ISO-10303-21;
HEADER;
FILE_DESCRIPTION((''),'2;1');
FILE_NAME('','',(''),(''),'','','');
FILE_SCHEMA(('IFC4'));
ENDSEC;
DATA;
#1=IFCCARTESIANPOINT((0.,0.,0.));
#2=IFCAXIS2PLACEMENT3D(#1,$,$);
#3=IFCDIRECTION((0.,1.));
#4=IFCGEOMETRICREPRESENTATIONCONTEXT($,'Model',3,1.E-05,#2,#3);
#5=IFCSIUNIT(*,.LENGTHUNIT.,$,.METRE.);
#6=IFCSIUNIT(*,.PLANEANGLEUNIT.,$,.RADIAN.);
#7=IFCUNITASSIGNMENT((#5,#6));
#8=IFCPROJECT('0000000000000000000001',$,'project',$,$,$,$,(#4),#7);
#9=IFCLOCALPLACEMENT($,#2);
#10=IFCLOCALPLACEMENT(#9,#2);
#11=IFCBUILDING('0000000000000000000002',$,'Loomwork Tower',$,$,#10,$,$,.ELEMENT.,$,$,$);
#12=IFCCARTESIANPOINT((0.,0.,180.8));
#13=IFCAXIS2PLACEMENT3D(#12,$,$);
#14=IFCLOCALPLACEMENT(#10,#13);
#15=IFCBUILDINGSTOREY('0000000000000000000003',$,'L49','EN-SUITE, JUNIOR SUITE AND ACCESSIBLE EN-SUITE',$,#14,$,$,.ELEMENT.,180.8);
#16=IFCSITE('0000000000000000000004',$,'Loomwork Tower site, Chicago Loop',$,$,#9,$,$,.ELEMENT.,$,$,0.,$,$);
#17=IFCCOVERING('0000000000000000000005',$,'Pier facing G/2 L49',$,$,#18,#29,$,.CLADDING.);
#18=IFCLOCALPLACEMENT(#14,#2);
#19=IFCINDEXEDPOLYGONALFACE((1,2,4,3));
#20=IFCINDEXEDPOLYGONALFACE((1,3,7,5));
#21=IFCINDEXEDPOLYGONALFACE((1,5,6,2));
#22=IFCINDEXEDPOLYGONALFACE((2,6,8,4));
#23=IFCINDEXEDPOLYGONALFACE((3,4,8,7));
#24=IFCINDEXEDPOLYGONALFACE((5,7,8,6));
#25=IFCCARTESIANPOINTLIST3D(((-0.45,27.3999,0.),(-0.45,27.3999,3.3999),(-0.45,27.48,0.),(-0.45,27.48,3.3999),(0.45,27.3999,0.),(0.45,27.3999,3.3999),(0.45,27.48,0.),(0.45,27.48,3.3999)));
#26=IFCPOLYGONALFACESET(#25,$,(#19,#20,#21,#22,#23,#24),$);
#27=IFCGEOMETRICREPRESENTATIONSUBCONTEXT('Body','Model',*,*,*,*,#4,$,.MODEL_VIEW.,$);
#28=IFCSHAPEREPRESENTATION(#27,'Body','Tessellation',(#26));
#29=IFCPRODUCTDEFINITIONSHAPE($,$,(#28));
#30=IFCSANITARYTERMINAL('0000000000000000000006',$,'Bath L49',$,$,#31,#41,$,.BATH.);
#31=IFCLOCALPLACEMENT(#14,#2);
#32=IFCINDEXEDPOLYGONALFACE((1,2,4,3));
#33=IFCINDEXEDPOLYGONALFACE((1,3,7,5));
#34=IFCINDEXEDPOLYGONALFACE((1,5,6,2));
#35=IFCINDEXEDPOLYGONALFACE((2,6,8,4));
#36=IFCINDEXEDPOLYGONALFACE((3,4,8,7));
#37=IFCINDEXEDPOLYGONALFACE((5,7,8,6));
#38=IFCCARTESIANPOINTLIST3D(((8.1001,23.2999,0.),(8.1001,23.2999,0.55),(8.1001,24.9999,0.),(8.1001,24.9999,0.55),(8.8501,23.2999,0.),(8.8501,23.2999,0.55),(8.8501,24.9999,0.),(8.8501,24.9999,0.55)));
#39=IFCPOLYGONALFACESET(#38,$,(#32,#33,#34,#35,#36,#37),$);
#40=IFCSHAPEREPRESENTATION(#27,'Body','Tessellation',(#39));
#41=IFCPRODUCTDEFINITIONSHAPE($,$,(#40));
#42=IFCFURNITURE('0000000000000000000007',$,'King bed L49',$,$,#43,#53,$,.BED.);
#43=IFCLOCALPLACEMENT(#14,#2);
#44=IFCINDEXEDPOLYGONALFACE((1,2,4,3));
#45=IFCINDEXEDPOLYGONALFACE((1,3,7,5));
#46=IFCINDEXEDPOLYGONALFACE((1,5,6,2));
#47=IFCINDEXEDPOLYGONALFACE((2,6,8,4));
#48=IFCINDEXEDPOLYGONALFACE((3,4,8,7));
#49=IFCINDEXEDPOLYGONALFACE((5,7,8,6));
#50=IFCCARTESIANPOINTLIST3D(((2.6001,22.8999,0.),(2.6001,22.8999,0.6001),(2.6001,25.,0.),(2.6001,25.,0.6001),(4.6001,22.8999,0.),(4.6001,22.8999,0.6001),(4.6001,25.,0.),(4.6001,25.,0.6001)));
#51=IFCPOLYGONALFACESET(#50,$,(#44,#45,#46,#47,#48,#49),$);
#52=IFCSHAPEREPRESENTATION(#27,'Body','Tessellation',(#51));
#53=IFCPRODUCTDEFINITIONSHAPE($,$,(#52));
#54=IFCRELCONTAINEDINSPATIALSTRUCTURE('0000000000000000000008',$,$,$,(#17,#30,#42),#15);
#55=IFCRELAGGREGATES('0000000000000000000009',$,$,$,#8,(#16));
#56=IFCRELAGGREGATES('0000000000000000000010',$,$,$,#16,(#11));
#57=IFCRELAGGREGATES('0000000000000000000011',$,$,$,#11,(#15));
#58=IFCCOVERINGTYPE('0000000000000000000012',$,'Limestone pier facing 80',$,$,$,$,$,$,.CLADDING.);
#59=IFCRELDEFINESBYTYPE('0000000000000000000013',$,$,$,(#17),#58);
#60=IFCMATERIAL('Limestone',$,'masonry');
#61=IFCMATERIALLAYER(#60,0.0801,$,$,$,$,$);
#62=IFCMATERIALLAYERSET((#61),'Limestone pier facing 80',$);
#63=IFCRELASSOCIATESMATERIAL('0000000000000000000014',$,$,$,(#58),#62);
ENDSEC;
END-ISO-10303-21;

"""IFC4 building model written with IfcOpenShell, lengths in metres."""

from ifc_helpers import new_model, si_unit, direction, frame, origin, origin_2d, place, context, subcontext, project, spatial, rectangle, extrude, material, layer, layer_set, type_object, element, save


model = new_model("IFC4")

# Units and contexts
model_context = context("Model", 3, precision=1e-05, world=origin(), true_north=direction((0.0, 1.0)))
body_context = subcontext(model_context, "Body", "Model", "MODEL_VIEW")
ifc_project = project(units=[si_unit("LENGTHUNIT", "METRE"), si_unit("PLANEANGLEUNIT", "RADIAN")], contexts=[model_context])

# Site, building, storey
site_placement = place(None, origin())
site = spatial("IfcSite", under=ifc_project, at=site_placement, Name="Loomwork Tower site, Chicago Loop", CompositionType="ELEMENT", RefElevation=0.0)
building_placement = place(site_placement, origin())
building = spatial("IfcBuilding", under=site, at=building_placement, Name="Loomwork Tower", CompositionType="ELEMENT")
storey_placement = place(building_placement, frame((0.0, 0.0, 180.8)))
storey = spatial("IfcBuildingStorey", under=building, at=storey_placement, Name="L49", Description="EN-SUITE, JUNIOR SUITE AND ACCESSIBLE EN-SUITE", CompositionType="ELEMENT", Elevation=180.8)

# Covering
ifc_material_1 = material(Name="Limestone", Category="masonry")
ifc_layer_1 = layer(ifc_material_1, 0.0801)
ifc_layer_set_1 = layer_set([ifc_layer_1], Name="Limestone pier facing 80")
covering_type = type_object("IfcCoveringType", Name="Limestone pier facing 80", PredefinedType="CLADDING", material=ifc_layer_set_1)
covering_placement = place(storey_placement, frame((0.0, 27.4399, 0.0), z_axis=(0.0, 0.0, 1.0), x_axis=(1.0, 0.0, 0.0)))
element("IfcCovering", 1, at=covering_placement, inside=storey, type_object=covering_type, Name="Pier facing G/2 L49", PredefinedType="CLADDING", context=body_context, shape_type="SweptSolid", body=[
    extrude(rectangle(XDim=0.8999, YDim=0.0801, at=origin_2d()), origin(), (0.0, 0.0, 1.0), 3.3999),
])

# Sanitary terminal
sanitary_terminal_placement = place(storey_placement, frame((8.4751, 24.1499, 0.0), z_axis=(0.0, 0.0, 1.0), x_axis=(1.0, 0.0, 0.0)))
element("IfcSanitaryTerminal", 2, at=sanitary_terminal_placement, inside=storey, Name="Bath L49", PredefinedType="BATH", context=body_context, shape_type="SweptSolid", body=[
    extrude(rectangle(XDim=0.75, YDim=1.7, at=origin_2d()), origin(), (0.0, 0.0, 1.0), 0.55),
])

# Furniture
furniture_placement = place(storey_placement, frame((3.6001, 23.95, 0.0), z_axis=(0.0, 0.0, 1.0), x_axis=(1.0, 0.0, 0.0)))
element("IfcFurniture", 3, at=furniture_placement, inside=storey, Name="King bed L49", PredefinedType="BED", context=body_context, shape_type="SweptSolid", body=[
    extrude(rectangle(XDim=2.0, YDim=2.1001, at=origin_2d()), origin(), (0.0, 0.0, 1.0), 0.6001),
])

save(model, "model.ifc")
